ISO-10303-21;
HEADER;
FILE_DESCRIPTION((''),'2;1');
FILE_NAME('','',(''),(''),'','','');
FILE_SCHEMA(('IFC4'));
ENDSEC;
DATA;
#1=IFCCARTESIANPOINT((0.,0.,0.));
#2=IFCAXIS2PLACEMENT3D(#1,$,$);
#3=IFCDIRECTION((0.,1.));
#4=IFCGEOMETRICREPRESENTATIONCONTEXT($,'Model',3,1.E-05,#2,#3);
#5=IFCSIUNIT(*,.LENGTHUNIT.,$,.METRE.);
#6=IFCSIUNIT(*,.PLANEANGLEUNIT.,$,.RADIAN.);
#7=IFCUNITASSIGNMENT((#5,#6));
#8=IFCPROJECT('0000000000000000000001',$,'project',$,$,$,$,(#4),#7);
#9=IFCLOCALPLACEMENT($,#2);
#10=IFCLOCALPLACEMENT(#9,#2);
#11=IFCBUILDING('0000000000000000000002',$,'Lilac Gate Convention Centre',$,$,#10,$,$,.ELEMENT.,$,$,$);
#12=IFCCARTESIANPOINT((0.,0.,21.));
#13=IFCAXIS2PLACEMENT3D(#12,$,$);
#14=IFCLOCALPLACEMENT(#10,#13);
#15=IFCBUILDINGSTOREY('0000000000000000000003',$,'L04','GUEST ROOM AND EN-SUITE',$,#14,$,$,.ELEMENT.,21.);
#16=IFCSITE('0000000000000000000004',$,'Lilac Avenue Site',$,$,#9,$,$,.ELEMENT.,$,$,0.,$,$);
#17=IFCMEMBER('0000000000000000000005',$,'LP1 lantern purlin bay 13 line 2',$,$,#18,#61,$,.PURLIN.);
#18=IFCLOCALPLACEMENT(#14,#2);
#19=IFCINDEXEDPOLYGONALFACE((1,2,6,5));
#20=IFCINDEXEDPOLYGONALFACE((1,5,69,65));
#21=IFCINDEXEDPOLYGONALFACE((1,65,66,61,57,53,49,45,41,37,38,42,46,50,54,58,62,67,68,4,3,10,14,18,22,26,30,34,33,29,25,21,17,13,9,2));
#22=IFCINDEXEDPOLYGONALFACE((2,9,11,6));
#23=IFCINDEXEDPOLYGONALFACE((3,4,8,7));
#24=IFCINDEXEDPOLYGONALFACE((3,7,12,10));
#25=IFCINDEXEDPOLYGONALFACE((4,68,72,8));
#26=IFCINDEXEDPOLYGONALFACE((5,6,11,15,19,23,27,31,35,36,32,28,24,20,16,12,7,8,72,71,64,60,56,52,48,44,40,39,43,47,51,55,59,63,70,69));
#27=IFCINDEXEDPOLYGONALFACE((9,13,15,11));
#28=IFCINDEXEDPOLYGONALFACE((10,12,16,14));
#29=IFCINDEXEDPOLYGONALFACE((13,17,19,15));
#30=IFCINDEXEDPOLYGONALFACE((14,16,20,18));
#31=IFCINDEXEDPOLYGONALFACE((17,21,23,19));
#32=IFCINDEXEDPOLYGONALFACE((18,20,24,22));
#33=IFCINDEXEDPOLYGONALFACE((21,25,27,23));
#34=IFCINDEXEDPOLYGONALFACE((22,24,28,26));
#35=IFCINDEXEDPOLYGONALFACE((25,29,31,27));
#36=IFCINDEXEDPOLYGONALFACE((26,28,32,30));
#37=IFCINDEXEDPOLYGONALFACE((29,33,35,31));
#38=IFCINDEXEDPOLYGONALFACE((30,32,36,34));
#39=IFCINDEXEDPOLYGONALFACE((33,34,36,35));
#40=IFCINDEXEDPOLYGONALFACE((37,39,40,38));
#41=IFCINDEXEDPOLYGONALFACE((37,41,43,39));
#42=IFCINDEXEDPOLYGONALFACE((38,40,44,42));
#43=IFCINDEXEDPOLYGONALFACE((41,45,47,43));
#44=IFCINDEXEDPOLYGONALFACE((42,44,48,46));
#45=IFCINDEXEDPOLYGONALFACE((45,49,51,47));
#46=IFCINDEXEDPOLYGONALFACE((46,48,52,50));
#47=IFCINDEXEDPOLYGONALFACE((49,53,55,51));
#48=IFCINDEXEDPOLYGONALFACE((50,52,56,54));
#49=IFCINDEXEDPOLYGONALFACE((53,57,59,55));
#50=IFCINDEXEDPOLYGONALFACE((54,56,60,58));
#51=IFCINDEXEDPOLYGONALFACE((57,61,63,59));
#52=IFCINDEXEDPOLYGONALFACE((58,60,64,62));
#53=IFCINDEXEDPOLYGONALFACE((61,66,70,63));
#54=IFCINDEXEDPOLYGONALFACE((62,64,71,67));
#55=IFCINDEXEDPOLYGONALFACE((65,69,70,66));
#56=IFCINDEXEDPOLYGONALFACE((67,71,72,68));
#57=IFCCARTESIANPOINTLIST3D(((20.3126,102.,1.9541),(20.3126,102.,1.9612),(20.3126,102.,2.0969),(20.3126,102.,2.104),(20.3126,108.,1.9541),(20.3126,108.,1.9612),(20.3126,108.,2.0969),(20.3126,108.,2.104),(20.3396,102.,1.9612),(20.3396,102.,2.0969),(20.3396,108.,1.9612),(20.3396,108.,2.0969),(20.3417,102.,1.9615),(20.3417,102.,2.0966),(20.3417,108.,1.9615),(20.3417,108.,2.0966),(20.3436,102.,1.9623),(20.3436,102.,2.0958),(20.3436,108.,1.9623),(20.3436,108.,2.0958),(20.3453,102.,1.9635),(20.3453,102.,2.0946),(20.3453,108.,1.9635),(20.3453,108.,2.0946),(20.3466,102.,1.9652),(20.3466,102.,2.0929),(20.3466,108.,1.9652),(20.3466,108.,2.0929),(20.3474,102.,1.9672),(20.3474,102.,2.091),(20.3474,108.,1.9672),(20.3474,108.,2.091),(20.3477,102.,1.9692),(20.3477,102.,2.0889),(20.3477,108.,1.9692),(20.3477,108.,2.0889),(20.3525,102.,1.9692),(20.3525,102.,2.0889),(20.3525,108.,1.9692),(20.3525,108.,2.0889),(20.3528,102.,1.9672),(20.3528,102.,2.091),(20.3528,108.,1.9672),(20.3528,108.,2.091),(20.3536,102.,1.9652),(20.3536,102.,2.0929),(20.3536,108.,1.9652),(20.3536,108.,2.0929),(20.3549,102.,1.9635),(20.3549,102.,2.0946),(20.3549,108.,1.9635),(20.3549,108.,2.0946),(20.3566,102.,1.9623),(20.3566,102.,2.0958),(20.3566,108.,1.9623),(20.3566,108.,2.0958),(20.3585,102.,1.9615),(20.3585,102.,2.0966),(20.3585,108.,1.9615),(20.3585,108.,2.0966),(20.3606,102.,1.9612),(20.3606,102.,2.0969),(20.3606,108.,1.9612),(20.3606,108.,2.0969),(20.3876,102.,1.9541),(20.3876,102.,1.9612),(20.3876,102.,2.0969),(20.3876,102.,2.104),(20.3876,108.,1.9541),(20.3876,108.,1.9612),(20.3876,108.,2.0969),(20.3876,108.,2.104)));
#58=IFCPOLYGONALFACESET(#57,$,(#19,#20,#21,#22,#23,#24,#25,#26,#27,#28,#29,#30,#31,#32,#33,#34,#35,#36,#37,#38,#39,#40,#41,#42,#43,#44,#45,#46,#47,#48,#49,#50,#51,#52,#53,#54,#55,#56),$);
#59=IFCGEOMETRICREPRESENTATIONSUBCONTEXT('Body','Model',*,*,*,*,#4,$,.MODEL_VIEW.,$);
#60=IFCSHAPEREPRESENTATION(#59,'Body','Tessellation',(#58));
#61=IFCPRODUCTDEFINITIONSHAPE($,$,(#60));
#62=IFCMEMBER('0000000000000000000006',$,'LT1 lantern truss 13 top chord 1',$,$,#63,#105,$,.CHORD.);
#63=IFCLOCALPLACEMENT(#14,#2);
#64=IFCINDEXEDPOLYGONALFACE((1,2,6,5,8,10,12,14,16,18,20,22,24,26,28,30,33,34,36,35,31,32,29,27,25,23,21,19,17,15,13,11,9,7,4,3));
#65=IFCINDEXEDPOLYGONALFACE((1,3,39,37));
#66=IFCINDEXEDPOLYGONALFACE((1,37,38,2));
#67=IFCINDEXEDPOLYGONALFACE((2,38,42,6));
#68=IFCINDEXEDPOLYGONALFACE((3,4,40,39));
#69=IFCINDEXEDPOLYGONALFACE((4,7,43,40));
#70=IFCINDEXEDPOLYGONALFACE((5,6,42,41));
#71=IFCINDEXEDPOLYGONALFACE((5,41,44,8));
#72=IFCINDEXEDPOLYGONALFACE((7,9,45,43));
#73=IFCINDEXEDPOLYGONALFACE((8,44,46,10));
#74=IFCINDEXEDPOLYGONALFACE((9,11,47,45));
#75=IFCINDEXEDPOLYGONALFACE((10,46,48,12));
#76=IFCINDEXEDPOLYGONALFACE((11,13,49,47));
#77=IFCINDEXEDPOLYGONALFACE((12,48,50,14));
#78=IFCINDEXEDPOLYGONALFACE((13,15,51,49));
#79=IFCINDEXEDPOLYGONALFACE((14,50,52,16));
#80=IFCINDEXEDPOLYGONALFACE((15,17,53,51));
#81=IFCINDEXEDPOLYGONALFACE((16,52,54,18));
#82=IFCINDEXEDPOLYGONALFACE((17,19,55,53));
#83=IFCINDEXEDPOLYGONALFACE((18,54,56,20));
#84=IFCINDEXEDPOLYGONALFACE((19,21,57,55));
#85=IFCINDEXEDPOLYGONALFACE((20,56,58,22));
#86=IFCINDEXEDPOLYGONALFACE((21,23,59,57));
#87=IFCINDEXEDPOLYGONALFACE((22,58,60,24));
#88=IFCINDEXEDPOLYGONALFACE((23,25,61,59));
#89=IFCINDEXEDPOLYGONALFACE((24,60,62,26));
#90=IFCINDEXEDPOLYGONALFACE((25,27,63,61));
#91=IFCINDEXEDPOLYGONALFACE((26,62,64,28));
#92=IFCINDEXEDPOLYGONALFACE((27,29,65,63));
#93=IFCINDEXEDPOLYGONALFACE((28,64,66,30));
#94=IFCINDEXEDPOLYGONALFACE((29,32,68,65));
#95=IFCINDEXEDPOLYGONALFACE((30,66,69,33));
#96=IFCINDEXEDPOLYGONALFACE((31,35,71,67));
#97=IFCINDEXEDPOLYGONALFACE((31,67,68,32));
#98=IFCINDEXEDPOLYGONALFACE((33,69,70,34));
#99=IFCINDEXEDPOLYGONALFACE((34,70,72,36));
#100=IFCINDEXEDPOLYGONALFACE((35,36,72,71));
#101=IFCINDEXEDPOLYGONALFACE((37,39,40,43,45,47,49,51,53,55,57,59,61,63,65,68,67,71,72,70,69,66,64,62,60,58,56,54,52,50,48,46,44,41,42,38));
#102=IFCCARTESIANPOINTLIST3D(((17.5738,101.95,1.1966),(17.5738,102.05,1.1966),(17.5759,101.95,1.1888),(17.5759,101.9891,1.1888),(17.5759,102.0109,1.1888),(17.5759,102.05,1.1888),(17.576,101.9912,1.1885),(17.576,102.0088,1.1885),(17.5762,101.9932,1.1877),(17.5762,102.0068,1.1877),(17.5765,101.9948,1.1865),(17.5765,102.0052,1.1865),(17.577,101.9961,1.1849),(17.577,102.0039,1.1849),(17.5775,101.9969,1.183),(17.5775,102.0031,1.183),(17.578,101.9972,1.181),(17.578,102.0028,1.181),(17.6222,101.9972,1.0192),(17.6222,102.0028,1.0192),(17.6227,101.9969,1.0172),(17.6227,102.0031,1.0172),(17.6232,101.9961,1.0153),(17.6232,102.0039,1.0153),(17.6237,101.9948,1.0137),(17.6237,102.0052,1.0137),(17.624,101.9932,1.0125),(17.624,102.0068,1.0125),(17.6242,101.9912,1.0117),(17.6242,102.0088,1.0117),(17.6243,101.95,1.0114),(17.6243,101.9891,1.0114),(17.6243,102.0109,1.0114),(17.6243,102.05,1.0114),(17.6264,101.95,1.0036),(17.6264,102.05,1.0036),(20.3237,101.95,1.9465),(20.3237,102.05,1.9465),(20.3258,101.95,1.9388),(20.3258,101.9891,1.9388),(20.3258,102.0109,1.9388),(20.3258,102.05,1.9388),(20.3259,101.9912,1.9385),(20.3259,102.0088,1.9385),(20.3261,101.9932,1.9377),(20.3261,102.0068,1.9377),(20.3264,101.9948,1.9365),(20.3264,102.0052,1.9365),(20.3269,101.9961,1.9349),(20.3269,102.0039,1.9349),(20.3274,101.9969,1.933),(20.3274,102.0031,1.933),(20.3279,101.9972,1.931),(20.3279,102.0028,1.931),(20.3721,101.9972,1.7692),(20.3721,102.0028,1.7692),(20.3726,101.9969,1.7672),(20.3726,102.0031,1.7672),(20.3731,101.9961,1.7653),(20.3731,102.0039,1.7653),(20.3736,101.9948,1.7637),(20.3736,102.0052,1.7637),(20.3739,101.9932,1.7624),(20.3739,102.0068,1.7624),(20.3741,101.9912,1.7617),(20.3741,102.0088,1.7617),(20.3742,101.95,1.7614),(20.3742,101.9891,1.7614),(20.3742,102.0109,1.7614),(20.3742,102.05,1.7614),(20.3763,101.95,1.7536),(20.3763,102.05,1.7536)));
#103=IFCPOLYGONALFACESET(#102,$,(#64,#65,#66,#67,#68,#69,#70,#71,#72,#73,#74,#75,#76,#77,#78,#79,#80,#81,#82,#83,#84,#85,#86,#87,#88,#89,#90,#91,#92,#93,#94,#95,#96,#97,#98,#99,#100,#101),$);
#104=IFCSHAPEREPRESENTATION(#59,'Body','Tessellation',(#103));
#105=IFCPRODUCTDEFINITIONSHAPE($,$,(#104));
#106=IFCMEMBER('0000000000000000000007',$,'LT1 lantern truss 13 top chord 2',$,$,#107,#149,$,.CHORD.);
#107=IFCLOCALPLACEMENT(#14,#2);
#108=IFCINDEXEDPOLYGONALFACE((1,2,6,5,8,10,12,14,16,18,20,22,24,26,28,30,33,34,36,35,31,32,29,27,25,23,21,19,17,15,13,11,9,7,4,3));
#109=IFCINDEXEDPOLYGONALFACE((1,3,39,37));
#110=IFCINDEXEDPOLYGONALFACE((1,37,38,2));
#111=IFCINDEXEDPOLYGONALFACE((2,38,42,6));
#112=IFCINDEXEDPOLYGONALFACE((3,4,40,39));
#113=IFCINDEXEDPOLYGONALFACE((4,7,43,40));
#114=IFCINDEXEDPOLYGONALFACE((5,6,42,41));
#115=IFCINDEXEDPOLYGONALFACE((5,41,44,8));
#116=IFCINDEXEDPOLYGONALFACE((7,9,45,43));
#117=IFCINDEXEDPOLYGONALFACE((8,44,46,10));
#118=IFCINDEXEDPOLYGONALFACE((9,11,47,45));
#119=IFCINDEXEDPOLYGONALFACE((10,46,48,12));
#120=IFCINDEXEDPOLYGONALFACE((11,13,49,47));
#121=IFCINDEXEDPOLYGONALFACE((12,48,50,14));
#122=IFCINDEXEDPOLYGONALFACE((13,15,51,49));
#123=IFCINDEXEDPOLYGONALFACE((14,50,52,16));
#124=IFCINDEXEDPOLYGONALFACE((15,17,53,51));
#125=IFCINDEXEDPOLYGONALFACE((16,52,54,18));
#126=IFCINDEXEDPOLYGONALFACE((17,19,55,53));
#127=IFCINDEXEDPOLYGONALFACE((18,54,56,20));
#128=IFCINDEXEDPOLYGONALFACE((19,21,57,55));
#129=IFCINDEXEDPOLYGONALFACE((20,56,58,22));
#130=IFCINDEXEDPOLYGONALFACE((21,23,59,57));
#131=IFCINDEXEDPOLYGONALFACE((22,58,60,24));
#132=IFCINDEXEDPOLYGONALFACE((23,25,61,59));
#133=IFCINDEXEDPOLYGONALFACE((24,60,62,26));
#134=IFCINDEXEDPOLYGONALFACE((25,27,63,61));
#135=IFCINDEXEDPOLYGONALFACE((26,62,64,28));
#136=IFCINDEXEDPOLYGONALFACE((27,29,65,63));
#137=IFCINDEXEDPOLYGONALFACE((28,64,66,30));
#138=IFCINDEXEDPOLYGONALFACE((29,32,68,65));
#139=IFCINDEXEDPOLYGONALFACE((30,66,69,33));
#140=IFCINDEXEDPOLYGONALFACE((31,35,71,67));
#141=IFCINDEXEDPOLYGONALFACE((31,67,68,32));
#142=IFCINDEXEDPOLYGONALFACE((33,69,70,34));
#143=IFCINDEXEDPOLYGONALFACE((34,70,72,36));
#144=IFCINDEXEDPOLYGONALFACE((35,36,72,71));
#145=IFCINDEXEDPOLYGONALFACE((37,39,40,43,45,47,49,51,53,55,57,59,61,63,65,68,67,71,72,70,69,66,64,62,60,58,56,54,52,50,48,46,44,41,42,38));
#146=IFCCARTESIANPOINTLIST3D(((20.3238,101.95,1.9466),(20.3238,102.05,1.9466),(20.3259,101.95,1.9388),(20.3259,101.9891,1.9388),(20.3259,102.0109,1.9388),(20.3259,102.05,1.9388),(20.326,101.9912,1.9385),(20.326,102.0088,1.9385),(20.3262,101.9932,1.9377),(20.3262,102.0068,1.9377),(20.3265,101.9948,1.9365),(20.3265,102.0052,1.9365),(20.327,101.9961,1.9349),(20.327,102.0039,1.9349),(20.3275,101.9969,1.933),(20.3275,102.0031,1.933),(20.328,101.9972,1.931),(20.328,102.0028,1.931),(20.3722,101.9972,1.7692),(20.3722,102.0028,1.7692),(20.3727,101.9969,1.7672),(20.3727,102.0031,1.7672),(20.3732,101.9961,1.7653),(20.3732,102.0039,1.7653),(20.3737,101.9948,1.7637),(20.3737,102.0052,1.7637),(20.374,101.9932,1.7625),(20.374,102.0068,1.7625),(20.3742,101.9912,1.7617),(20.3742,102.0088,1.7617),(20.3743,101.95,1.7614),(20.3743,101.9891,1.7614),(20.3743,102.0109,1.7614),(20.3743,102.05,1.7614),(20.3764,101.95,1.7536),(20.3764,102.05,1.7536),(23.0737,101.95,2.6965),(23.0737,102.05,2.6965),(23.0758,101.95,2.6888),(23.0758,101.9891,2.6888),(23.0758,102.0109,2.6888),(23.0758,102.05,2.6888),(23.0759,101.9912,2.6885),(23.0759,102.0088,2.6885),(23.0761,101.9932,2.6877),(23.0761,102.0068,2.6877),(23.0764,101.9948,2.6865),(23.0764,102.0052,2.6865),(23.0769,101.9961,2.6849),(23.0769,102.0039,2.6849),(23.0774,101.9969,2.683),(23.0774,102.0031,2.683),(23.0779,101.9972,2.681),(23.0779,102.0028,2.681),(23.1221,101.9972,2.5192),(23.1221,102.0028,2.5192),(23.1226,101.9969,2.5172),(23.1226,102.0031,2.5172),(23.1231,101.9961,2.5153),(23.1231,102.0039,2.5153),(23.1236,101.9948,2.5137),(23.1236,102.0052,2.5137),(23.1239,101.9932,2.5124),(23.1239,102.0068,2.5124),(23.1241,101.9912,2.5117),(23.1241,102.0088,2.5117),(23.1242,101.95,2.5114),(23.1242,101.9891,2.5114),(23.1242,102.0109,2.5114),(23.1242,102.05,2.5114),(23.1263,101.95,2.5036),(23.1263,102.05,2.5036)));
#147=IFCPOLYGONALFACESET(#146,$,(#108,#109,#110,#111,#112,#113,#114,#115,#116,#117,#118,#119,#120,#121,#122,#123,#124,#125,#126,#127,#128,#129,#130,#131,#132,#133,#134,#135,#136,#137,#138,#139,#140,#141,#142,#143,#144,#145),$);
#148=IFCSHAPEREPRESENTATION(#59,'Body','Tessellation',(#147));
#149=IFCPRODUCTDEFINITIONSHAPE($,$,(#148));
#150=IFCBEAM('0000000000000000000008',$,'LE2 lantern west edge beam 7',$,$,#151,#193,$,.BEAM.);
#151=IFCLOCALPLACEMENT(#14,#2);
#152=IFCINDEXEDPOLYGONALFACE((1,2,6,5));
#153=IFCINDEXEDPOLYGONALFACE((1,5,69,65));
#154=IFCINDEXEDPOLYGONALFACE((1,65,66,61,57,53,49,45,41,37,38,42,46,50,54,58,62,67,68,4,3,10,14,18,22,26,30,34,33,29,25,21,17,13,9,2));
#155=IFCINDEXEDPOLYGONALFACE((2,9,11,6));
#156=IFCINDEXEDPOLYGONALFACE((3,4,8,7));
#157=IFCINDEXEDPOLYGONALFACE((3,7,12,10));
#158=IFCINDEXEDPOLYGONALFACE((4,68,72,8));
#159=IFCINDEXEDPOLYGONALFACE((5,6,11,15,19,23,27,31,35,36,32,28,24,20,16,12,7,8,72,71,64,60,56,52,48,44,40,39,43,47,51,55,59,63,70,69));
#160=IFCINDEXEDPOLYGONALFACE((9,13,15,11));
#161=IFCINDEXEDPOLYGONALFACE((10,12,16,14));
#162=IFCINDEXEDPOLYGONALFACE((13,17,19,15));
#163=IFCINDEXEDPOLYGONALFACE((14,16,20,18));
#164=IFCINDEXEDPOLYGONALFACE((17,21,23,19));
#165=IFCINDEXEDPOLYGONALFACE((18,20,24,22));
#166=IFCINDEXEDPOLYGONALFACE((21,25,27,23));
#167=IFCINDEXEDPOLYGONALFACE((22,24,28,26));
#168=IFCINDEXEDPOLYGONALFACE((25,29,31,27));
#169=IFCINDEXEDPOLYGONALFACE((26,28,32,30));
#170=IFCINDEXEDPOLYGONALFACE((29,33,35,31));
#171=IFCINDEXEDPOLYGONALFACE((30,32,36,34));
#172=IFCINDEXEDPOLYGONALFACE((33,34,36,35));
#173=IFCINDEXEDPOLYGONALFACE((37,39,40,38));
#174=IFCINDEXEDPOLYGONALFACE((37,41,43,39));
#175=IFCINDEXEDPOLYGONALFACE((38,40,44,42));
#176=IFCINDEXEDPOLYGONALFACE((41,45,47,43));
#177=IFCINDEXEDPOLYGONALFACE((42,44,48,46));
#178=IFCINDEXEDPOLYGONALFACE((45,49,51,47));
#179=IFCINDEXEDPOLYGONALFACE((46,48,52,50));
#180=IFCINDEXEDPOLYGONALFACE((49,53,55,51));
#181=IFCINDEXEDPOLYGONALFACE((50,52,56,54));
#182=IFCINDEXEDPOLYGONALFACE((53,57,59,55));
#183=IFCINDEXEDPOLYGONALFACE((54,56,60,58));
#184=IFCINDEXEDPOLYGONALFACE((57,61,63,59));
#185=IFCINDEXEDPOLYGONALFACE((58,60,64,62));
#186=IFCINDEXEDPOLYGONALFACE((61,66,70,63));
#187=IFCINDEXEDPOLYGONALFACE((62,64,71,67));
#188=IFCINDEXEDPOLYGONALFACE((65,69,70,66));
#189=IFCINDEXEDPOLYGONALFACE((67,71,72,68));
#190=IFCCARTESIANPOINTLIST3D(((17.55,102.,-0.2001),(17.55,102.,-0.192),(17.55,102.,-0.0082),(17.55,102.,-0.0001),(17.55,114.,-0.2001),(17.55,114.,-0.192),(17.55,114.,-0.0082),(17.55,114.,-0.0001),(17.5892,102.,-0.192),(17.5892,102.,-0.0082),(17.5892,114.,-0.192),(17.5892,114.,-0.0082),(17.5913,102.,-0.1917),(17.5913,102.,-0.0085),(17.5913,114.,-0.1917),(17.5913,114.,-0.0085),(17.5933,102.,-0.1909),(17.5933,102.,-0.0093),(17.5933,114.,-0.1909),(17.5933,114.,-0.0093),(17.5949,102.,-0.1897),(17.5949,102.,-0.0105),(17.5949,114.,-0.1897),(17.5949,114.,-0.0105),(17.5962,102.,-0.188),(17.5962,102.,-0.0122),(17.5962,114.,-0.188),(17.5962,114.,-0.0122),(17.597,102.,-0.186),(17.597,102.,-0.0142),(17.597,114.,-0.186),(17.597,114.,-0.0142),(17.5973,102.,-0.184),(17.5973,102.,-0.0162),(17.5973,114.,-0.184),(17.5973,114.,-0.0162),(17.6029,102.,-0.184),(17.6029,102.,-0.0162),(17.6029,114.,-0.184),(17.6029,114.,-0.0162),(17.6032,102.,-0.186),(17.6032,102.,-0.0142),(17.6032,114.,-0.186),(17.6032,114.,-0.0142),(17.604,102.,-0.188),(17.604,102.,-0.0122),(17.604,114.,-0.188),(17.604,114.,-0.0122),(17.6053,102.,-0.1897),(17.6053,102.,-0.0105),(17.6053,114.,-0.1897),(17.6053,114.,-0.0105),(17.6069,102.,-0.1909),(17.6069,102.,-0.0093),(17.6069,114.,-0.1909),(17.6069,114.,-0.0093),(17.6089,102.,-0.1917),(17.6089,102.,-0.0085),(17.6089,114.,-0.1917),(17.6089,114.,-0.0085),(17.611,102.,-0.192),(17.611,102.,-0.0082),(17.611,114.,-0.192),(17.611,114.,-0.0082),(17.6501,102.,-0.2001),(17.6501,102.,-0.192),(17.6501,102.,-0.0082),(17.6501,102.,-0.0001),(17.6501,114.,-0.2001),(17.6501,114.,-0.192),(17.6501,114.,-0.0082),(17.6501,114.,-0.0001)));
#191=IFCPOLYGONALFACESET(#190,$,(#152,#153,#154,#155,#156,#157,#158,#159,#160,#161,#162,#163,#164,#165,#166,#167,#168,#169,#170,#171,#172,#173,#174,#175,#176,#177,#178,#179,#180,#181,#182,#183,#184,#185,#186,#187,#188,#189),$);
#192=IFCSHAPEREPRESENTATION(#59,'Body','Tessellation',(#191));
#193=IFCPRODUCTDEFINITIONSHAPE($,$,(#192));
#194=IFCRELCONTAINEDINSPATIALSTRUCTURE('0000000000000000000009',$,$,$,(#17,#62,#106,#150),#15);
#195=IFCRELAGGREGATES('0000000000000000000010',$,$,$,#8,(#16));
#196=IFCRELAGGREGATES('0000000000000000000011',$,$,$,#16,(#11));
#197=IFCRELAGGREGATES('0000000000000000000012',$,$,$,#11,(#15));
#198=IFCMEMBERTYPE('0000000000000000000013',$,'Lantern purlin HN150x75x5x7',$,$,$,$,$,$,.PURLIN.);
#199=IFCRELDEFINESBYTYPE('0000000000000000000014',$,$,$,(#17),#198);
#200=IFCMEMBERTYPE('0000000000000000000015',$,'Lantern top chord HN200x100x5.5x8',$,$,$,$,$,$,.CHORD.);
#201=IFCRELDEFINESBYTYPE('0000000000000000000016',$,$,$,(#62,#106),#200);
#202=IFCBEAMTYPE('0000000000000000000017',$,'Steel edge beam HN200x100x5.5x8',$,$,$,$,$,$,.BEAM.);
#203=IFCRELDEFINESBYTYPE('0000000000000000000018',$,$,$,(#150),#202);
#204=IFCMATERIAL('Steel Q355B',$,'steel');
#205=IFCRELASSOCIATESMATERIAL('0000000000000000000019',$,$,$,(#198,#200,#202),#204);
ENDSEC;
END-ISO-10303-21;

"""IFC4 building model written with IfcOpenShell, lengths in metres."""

from ifc_helpers import new_model, si_unit, direction, frame, origin, origin_2d, place, context, subcontext, project, spatial, i_section, extrude, material, material_profile, profile_set, type_object, element, save


model = new_model("IFC4")

# Units and contexts
model_context = context("Model", 3, precision=1e-05, world=origin(), true_north=direction((0.0, 1.0)))
body_context = subcontext(model_context, "Body", "Model", "MODEL_VIEW")
ifc_project = project(units=[si_unit("LENGTHUNIT", "METRE"), si_unit("PLANEANGLEUNIT", "RADIAN")], contexts=[model_context])

# Site, building, storey
site_placement = place(None, origin())
site = spatial("IfcSite", under=ifc_project, at=site_placement, Name="Lilac Avenue Site", CompositionType="ELEMENT", RefElevation=0.0)
building_placement = place(site_placement, origin())
building = spatial("IfcBuilding", under=site, at=building_placement, Name="Lilac Gate Convention Centre", CompositionType="ELEMENT")
storey_placement = place(building_placement, frame((0.0, 0.0, 21.0)))
storey = spatial("IfcBuildingStorey", under=building, at=storey_placement, Name="L04", Description="GUEST ROOM AND EN-SUITE", CompositionType="ELEMENT", Elevation=21.0)

# Members
ifc_material_1 = material(Name="Steel Q355B", Category="steel")
ifc_material_profile_1 = material_profile(ifc_material_1, i_section(OverallWidth=0.075, OverallDepth=0.1499, WebThickness=0.0049, FlangeThickness=0.0071, FilletRadius=0.0081, at=origin_2d()), Name="HN150x75x5x7")
ifc_profile_set_1 = profile_set([ifc_material_profile_1], Name="Steel Q355B")
member_type_1 = type_object("IfcMemberType", Name="Lantern purlin HN150x75x5x7", PredefinedType="PURLIN", material=ifc_profile_set_1)
for number, where, z_axis, x_axis, name in (
    (1, (20.3501, 102.0, 2.0291), (0.0, 1.0, 0.0), (-1.0, 0.0, 0.0), "LP1 lantern purlin bay 13 line 2"),
):
    element("IfcMember", number, at=place(storey_placement, frame(where, z_axis=z_axis, x_axis=x_axis)), inside=storey, type_object=member_type_1, Name=name, PredefinedType="PURLIN", context=body_context, shape_type="SweptSolid", body=[
        extrude(i_section(OverallWidth=0.075, OverallDepth=0.1499, WebThickness=0.0049, FlangeThickness=0.0071, FilletRadius=0.0081, at=origin_2d()), origin(), (0.0, 0.0, 1.0), 6.0),
    ])
ifc_material_profile_2 = material_profile(ifc_material_1, i_section(OverallWidth=0.1001, OverallDepth=0.2, WebThickness=0.0056, FlangeThickness=0.0081, FilletRadius=0.0081, at=origin_2d()), Name="HN200x100x5.5x8")
ifc_profile_set_2 = profile_set([ifc_material_profile_2], Name="Steel Q355B")
member_type_2 = type_object("IfcMemberType", Name="Lantern top chord HN200x100x5.5x8", PredefinedType="CHORD", material=ifc_profile_set_2)
for number, where, z_axis, x_axis, name in (
    (2, (17.6001, 102.0, 1.1001), (0.964764, 0.0, 0.263117), (0.0, 1.0, 0.0), "LT1 lantern truss 13 top chord 1"),
    (3, (20.3501, 102.0, 1.8501), (0.964764, 0.0, 0.263117), (0.0, 1.0, 0.0), "LT1 lantern truss 13 top chord 2"),
):
    element("IfcMember", number, at=place(storey_placement, frame(where, z_axis=z_axis, x_axis=x_axis)), inside=storey, type_object=member_type_2, Name=name, PredefinedType="CHORD", context=body_context, shape_type="SweptSolid", body=[
        extrude(i_section(OverallWidth=0.1001, OverallDepth=0.2, WebThickness=0.0056, FlangeThickness=0.0081, FilletRadius=0.0081, at=origin_2d()), origin(), (0.0, 0.0, 1.0), 2.8503),
    ])

# Beam
ifc_material_profile_3 = material_profile(ifc_material_1, i_section(OverallWidth=0.1001, OverallDepth=0.2, WebThickness=0.0056, FlangeThickness=0.0081, FilletRadius=0.0081, at=origin_2d()), Name="HN200x100x5.5x8")
ifc_profile_set_3 = profile_set([ifc_material_profile_3], Name="Steel Q355B")
beam_type_1 = type_object("IfcBeamType", Name="Steel edge beam HN200x100x5.5x8", PredefinedType="BEAM", material=ifc_profile_set_3)
beam_placement = place(storey_placement, frame((17.6001, 102.0, -0.1001), z_axis=(0.0, 1.0, 0.0), x_axis=(-1.0, 0.0, 0.0)))
element("IfcBeam", 4, at=beam_placement, inside=storey, type_object=beam_type_1, Name="LE2 lantern west edge beam 7", PredefinedType="BEAM", context=body_context, shape_type="SweptSolid", body=[
    extrude(i_section(OverallWidth=0.1001, OverallDepth=0.2, WebThickness=0.0056, FlangeThickness=0.0081, FilletRadius=0.0081, at=origin_2d()), origin(), (0.0, 0.0, 1.0), 12.0),
])

save(model, "model.ifc")
